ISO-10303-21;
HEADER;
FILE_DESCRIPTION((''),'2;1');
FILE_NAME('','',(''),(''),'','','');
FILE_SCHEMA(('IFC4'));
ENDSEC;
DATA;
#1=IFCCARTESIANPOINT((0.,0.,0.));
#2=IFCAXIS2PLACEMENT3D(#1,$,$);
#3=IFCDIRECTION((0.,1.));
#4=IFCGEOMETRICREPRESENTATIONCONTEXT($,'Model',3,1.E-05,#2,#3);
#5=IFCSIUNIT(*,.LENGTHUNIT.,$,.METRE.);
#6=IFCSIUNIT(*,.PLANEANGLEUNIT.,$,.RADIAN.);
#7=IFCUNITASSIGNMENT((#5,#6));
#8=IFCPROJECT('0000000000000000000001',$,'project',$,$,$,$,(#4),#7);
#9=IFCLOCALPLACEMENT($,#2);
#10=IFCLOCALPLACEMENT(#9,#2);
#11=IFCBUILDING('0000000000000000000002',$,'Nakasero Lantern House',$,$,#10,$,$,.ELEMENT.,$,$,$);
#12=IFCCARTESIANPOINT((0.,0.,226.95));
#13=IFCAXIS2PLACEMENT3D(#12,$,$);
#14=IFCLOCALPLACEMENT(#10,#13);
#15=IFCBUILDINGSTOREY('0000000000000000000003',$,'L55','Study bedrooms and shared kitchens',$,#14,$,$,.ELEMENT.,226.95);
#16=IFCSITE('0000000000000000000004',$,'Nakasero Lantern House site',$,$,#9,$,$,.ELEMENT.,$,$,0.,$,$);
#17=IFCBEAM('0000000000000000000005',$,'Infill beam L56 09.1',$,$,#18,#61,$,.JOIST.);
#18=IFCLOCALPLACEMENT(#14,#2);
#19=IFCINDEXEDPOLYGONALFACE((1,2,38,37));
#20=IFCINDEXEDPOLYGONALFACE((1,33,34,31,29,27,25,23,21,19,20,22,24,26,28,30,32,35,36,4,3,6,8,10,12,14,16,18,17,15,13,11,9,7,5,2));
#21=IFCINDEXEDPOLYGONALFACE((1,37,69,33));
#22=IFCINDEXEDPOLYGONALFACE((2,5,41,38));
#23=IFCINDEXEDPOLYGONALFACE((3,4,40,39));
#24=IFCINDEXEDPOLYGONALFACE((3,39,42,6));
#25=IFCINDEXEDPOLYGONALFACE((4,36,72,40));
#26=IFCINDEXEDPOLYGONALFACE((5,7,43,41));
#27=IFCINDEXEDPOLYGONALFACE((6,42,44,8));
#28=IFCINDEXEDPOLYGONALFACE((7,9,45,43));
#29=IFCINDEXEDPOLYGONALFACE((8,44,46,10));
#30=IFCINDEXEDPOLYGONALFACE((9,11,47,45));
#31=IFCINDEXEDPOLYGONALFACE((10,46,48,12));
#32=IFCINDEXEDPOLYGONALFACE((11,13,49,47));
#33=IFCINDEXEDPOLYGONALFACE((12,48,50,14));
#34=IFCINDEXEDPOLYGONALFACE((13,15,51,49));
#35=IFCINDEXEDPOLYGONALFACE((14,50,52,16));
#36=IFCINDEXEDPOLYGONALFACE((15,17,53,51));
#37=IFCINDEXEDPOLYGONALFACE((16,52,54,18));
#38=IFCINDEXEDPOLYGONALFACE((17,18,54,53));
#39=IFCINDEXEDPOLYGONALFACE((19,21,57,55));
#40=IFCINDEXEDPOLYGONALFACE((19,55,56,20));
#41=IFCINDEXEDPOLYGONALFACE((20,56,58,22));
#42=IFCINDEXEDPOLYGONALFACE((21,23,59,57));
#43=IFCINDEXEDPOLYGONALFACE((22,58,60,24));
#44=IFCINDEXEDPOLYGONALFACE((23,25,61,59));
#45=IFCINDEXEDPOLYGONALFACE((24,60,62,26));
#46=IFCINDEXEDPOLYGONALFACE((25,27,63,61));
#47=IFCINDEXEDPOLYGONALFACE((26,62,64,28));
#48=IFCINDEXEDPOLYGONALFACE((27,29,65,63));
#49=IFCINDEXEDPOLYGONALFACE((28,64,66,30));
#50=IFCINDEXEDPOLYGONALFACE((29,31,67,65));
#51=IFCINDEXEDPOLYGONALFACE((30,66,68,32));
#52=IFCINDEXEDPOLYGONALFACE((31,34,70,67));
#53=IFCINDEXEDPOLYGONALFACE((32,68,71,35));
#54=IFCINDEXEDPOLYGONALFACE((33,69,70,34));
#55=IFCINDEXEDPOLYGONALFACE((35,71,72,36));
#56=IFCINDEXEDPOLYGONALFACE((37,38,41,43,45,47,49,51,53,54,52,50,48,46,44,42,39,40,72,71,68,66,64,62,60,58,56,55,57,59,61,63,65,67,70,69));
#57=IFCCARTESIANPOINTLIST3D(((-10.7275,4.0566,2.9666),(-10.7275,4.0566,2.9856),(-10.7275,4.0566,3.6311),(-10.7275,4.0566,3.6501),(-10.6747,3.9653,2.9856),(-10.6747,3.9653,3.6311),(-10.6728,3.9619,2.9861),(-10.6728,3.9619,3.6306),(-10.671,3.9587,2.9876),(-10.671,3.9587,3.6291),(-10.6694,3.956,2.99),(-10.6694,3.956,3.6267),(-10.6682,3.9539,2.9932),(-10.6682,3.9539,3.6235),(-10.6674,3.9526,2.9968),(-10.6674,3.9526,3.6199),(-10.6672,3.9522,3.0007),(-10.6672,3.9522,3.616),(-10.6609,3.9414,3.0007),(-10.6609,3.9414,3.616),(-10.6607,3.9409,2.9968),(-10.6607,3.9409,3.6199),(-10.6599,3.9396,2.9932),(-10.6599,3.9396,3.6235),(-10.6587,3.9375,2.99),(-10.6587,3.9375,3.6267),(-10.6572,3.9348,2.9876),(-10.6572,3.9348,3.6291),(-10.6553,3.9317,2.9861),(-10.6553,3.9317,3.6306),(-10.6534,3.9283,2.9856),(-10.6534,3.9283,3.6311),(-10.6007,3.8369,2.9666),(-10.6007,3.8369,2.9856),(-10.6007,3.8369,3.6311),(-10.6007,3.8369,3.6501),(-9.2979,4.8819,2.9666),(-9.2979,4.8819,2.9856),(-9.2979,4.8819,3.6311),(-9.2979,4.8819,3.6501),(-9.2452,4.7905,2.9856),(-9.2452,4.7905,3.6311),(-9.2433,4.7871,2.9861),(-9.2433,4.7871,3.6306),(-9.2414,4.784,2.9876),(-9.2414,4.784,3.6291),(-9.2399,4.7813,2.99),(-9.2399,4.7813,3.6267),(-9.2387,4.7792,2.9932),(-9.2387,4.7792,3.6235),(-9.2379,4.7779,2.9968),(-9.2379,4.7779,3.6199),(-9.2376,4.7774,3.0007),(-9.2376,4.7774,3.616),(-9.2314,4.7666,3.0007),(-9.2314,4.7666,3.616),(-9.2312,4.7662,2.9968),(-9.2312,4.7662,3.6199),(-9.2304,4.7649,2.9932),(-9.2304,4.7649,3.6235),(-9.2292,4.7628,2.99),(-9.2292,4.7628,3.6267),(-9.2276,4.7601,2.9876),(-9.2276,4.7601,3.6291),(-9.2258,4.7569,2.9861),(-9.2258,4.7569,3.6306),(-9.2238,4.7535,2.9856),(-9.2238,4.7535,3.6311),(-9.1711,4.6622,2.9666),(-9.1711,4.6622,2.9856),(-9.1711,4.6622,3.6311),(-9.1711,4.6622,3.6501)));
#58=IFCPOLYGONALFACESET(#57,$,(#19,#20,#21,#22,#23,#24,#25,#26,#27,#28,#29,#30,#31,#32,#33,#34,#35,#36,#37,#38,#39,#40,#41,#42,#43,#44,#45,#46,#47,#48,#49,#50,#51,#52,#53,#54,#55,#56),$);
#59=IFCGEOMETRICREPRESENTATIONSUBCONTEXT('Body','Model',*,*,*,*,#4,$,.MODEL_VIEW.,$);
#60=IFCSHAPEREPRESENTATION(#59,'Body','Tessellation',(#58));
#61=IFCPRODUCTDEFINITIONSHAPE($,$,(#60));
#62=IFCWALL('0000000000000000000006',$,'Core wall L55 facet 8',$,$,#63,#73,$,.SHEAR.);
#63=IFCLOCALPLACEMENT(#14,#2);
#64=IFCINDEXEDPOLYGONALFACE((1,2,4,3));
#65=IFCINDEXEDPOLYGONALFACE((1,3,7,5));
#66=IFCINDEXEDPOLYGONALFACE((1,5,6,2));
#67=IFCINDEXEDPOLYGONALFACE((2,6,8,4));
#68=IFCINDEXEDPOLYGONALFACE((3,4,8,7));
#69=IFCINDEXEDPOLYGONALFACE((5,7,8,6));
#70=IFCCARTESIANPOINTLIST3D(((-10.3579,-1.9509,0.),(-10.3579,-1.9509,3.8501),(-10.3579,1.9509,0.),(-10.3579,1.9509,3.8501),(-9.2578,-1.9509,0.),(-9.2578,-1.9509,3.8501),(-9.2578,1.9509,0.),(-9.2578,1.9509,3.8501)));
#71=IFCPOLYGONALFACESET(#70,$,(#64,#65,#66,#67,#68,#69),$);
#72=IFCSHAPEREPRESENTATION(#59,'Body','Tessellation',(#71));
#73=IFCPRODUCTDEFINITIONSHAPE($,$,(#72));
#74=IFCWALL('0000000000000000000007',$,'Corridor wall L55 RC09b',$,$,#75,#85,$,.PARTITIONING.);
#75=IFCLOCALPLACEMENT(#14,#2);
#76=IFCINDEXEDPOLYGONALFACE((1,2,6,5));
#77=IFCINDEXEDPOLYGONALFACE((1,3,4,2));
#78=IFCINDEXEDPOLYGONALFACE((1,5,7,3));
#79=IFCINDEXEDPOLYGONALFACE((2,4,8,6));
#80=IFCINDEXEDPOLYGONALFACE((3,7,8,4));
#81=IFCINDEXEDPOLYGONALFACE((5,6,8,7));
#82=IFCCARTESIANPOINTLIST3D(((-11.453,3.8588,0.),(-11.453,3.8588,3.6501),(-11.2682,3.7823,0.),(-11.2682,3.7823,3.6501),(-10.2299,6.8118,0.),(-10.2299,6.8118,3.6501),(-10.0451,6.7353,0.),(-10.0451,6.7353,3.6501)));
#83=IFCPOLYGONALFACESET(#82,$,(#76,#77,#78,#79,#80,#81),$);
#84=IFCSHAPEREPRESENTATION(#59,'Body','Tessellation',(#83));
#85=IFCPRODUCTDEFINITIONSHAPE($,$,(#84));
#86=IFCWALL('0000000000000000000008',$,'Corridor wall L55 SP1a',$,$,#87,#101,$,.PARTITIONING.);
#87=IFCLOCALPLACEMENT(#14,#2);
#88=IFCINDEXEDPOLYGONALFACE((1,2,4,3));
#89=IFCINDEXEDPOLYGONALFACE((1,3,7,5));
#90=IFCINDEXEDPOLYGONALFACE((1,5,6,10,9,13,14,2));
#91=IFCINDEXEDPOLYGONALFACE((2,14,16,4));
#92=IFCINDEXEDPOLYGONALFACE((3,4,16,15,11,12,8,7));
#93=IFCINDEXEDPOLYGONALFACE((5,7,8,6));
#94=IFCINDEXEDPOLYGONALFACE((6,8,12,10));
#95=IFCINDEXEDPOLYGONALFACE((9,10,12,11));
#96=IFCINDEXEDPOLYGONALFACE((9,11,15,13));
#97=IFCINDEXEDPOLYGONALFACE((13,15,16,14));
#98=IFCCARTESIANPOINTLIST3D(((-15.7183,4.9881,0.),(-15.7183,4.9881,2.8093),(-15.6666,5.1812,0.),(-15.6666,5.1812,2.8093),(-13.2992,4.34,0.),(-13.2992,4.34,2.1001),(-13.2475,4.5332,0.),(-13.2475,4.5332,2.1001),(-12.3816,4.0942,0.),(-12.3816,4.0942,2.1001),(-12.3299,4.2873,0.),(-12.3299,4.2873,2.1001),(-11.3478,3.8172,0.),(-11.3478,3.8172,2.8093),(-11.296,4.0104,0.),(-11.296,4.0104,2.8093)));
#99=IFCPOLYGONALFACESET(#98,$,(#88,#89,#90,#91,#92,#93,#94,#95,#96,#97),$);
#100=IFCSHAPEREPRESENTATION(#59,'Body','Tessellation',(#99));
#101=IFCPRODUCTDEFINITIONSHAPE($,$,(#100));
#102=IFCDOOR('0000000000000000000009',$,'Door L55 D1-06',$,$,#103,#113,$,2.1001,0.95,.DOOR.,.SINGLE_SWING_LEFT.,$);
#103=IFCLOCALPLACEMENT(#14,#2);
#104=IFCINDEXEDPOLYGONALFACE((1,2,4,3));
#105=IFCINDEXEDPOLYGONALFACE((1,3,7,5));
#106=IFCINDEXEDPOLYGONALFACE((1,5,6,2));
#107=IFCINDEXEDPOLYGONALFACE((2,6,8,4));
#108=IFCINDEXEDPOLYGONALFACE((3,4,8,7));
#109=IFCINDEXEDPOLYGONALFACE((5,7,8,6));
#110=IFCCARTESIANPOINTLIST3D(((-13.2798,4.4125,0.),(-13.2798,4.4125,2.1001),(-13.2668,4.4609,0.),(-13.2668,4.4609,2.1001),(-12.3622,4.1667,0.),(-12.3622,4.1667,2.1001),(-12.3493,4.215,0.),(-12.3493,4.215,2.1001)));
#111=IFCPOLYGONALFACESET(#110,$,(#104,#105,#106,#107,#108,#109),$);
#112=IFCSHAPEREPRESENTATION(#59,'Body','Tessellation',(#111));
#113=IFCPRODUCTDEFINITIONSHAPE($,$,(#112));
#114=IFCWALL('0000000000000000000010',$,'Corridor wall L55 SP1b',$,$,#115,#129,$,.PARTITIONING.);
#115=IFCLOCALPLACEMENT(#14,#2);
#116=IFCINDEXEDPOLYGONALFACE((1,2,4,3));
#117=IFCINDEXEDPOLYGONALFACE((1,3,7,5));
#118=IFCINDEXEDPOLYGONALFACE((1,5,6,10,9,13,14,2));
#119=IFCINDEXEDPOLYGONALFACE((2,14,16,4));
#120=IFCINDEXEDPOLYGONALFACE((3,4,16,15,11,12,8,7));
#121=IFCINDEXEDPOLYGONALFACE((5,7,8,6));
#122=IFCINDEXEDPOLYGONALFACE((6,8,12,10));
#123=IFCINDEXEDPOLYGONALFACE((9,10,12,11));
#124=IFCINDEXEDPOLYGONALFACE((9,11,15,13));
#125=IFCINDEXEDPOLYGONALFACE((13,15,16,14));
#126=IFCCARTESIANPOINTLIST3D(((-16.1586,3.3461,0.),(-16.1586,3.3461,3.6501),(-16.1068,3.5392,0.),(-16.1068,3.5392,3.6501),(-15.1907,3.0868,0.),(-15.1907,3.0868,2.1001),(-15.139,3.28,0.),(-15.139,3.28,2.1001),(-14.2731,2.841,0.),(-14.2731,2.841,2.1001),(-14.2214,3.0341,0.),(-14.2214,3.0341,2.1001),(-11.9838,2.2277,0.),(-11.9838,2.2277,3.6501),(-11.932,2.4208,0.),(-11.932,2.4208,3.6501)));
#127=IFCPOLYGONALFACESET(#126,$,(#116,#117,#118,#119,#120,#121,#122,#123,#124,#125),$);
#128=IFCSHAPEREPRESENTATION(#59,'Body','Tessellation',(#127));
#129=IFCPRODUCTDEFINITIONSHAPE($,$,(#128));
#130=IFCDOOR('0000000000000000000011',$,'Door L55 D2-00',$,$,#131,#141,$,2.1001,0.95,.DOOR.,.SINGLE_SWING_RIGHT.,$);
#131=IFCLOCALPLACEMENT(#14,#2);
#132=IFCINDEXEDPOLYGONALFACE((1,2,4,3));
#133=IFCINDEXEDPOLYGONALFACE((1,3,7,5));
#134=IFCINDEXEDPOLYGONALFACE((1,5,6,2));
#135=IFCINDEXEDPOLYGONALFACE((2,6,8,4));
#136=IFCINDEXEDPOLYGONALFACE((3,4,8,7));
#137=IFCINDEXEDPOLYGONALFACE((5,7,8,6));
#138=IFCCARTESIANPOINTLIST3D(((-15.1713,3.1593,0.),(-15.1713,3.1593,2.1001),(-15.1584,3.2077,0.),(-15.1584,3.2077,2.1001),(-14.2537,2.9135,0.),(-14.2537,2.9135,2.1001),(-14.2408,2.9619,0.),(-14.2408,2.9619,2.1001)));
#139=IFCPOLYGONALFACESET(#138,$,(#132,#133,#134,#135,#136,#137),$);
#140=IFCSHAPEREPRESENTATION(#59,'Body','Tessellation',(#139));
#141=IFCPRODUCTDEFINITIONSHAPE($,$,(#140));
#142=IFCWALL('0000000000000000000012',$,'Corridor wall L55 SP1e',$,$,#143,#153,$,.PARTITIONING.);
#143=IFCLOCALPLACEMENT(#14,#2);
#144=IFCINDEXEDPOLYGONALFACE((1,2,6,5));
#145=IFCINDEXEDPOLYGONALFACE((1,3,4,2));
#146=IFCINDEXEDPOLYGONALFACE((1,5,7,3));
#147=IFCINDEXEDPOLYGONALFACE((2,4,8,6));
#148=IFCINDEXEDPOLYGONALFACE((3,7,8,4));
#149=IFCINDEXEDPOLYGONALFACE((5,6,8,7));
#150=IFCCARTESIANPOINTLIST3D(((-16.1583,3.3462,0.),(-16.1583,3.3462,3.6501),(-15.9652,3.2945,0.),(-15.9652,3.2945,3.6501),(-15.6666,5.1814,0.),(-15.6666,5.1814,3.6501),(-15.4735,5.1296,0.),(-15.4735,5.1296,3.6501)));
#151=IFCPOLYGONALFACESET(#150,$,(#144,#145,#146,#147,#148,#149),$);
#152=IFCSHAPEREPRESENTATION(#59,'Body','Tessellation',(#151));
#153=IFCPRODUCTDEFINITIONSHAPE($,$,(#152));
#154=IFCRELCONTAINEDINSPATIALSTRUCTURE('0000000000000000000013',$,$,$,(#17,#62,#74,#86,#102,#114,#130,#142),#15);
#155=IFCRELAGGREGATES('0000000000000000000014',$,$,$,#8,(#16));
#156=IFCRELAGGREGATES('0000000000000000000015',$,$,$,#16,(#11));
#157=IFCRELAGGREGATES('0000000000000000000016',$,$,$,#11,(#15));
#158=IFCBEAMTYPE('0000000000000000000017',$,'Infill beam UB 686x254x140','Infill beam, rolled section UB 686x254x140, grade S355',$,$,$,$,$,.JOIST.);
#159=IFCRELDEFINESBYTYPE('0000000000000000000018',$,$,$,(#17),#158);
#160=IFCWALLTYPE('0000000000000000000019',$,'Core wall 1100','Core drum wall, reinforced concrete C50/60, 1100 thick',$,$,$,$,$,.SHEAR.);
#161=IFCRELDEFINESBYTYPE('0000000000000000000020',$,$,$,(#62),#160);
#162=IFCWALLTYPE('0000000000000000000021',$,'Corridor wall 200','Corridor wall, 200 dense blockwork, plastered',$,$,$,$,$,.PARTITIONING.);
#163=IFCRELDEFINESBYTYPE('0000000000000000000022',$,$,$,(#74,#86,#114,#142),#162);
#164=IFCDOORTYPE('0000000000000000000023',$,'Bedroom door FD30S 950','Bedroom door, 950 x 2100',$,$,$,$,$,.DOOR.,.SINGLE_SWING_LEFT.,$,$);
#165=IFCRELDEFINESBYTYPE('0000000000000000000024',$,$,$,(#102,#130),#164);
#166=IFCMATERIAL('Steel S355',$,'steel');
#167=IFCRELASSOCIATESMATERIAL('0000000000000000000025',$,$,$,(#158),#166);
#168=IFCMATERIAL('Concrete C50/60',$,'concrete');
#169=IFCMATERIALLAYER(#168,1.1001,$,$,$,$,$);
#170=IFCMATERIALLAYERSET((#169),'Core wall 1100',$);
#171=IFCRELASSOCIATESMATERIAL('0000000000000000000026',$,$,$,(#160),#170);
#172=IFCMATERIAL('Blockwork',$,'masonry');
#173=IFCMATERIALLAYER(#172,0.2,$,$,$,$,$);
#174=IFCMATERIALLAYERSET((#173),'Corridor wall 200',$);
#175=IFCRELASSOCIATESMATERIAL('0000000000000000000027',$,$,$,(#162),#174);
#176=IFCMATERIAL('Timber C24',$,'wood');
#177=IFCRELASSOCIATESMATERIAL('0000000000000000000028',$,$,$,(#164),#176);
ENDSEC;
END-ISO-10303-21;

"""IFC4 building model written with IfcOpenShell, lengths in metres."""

from ifc_helpers import new_model, si_unit, direction, frame, frame_2d, origin, origin_2d, place, context, subcontext, project, spatial, rectangle, i_section, extrude, material, layer, layer_set, material_profile, profile_set, type_object, element, fill, save


model = new_model("IFC4")

# Units and contexts
model_context = context("Model", 3, precision=1e-05, world=origin(), true_north=direction((0.0, 1.0)))
body_context = subcontext(model_context, "Body", "Model", "MODEL_VIEW")
ifc_project = project(units=[si_unit("LENGTHUNIT", "METRE"), si_unit("PLANEANGLEUNIT", "RADIAN")], contexts=[model_context])

# Site, building, storey
site_placement = place(None, origin())
site = spatial("IfcSite", under=ifc_project, at=site_placement, Name="Nakasero Lantern House site", CompositionType="ELEMENT", RefElevation=0.0)
building_placement = place(site_placement, origin())
building = spatial("IfcBuilding", under=site, at=building_placement, Name="Nakasero Lantern House", CompositionType="ELEMENT")
storey_placement = place(building_placement, frame((0.0, 0.0, 226.95)))
storey = spatial("IfcBuildingStorey", under=building, at=storey_placement, Name="L55", Description="Study bedrooms and shared kitchens", CompositionType="ELEMENT", Elevation=226.95)

# Beam
ifc_material_1 = material(Name="Steel S355", Category="steel")
ifc_material_profile = material_profile(ifc_material_1, i_section(OverallWidth=0.2537, OverallDepth=0.6836, WebThickness=0.0125, FlangeThickness=0.019, FilletRadius=0.0151, at=origin_2d()), Name="UB 686x254x140")
ifc_profile_set = profile_set([ifc_material_profile], Name="Steel S355")
beam_type = type_object("IfcBeamType", Name="Infill beam UB 686x254x140", Description="Infill beam, rolled section UB 686x254x140, grade S355", PredefinedType="JOIST", material=ifc_profile_set)
beam_placement = place(storey_placement, frame((-10.6641, 3.9468, 3.3083), z_axis=(0.86605, 0.499957, 0.0), x_axis=(-0.499957, 0.86605, 0.0)))
element("IfcBeam", 1, at=beam_placement, inside=storey, type_object=beam_type, Name="Infill beam L56 09.1", PredefinedType="JOIST", context=body_context, shape_type="SweptSolid", body=[
    extrude(i_section(OverallWidth=0.2537, OverallDepth=0.6836, WebThickness=0.0125, FlangeThickness=0.019, FilletRadius=0.0151, at=origin_2d()), origin(), (0.0, 0.0, 1.0), 1.6506),
])

# Walls
ifc_material_2 = material(Name="Concrete C50/60", Category="concrete")
ifc_layer_1 = layer(ifc_material_2, 1.1001)
ifc_layer_set_1 = layer_set([ifc_layer_1], Name="Core wall 1100")
wall_type_1 = type_object("IfcWallType", Name="Core wall 1100", Description="Core drum wall, reinforced concrete C50/60, 1100 thick", PredefinedType="SHEAR", material=ifc_layer_set_1)
wall_1_placement = place(storey_placement, frame((-9.8079, 1.9509, 0.0), z_axis=(0.0, 0.0, 1.0), x_axis=(0.0, -1.0, 0.0)))
element("IfcWall", 2, at=wall_1_placement, inside=storey, type_object=wall_type_1, Name="Core wall L55 facet 8", PredefinedType="SHEAR", context=body_context, shape_type="SweptSolid", body=[
    extrude(rectangle(XDim=3.9019, YDim=1.1001, at=frame_2d((1.9509, 0.0))), origin(), (0.0, 0.0, 1.0), 3.8501),
])
ifc_material_3 = material(Name="Blockwork", Category="masonry")
ifc_layer_2 = layer(ifc_material_3, 0.2)
ifc_layer_set_2 = layer_set([ifc_layer_2], Name="Corridor wall 200")
wall_type_2 = type_object("IfcWallType", Name="Corridor wall 200", Description="Corridor wall, 200 dense blockwork, plastered", PredefinedType="PARTITIONING", material=ifc_layer_set_2)
wall_2_placement = place(storey_placement, frame((-11.3606, 3.8206, 0.0), z_axis=(0.0, 0.0, 1.0), x_axis=(0.382662, 0.923888, 0.0)))
element("IfcWall", 3, at=wall_2_placement, inside=storey, type_object=wall_type_2, Name="Corridor wall L55 RC09b", PredefinedType="PARTITIONING", context=body_context, shape_type="SweptSolid", body=[
    extrude(rectangle(XDim=3.1963, YDim=0.2, at=frame_2d((1.5981, 0.0))), origin(), (0.0, 0.0, 1.0), 3.6501),
])

# Walls, openings, doors
wall_3_placement = place(storey_placement, frame((-11.322, 3.9138, 0.0), z_axis=(0.0, 0.0, 1.0), x_axis=(-0.965937, 0.258777, 0.0)))
wall_3 = element("IfcWall", 4, at=wall_3_placement, inside=storey, type_object=wall_type_2, Name="Corridor wall L55 SP1a", PredefinedType="PARTITIONING", context=body_context, shape_type="SweptSolid", body=[
    extrude(rectangle(XDim=4.5247, YDim=0.2, at=frame_2d((2.2622, 0.0))), origin(), (0.0, 0.0, 1.0), 2.8093),
])
opening_1_placement = place(wall_3_placement, frame((1.0701, 0.0, 0.0)))
opening_1 = element("IfcOpeningElement", 5, at=opening_1_placement, cuts=wall_3, PredefinedType="OPENING", context=body_context, shape_type="SweptSolid", body=[
    extrude(rectangle(XDim=0.95, YDim=2.1001, at=frame_2d((0.4751, 1.05))), frame((0.0, 0.1199, 0.0), z_axis=(0.0, -1.0, 0.0), x_axis=(1.0, 0.0, 0.0)), (0.0, 0.0, 1.0), 0.24),
])
ifc_material_4 = material(Name="Timber C24", Category="wood")
door_type_1 = type_object("IfcDoorType", Name="Bedroom door FD30S 950", Description="Bedroom door, 950 x 2100", OperationType="SINGLE_SWING_LEFT", PredefinedType="DOOR", material=ifc_material_4)
door_1_placement = place(opening_1_placement, origin())
door_1 = element("IfcDoor", 6, at=door_1_placement, inside=storey, type_object=door_type_1, Name="Door L55 D1-06", OperationType="SINGLE_SWING_LEFT", OverallHeight=2.1001, OverallWidth=0.95, PredefinedType="DOOR", context=body_context, shape_type="SweptSolid", body=[
    extrude(rectangle(XDim=0.95, YDim=2.1001, at=frame_2d((0.4751, 1.05))), frame((0.0, 0.0249, 0.0), z_axis=(0.0, -1.0, 0.0), x_axis=(1.0, 0.0, 0.0)), (0.0, 0.0, 1.0), 0.05),
])
fill(opening_1, door_1)
wall_4_placement = place(storey_placement, frame((-11.9578, 2.3242, 0.0), z_axis=(0.0, 0.0, 1.0), x_axis=(-0.965939, 0.25877, 0.0)))
wall_4 = element("IfcWall", 7, at=wall_4_placement, inside=storey, type_object=wall_type_2, Name="Corridor wall L55 SP1b", PredefinedType="PARTITIONING", context=body_context, shape_type="SweptSolid", body=[
    extrude(rectangle(XDim=4.322, YDim=0.2, at=frame_2d((2.1611, 0.0))), origin(), (0.0, 0.0, 1.0), 3.6501),
])
opening_2_placement = place(wall_4_placement, frame((2.3701, 0.0, 0.0)))
opening_2 = element("IfcOpeningElement", 8, at=opening_2_placement, cuts=wall_4, PredefinedType="OPENING", context=body_context, shape_type="SweptSolid", body=[
    extrude(rectangle(XDim=0.95, YDim=2.1001, at=frame_2d((0.4751, 1.05))), frame((0.0, 0.1199, 0.0), z_axis=(0.0, -1.0, 0.0), x_axis=(1.0, 0.0, 0.0)), (0.0, 0.0, 1.0), 0.24),
])
door_2_placement = place(opening_2_placement, origin())
door_2 = element("IfcDoor", 9, at=door_2_placement, inside=storey, type_object=door_type_1, Name="Door L55 D2-00", OperationType="SINGLE_SWING_RIGHT", OverallHeight=2.1001, OverallWidth=0.95, PredefinedType="DOOR", context=body_context, shape_type="SweptSolid", body=[
    extrude(rectangle(XDim=0.95, YDim=2.1001, at=frame_2d((0.4751, 1.05))), frame((0.0, 0.0249, 0.0), z_axis=(0.0, -1.0, 0.0), x_axis=(1.0, 0.0, 0.0)), (0.0, 0.0, 1.0), 0.05),
])
fill(opening_2, door_2)

# Wall
wall_5_placement = place(storey_placement, frame((-15.5701, 5.1555, 0.0), z_axis=(0.0, 0.0, 1.0), x_axis=(-0.258798, -0.965931, 0.0)))
element("IfcWall", 10, at=wall_5_placement, inside=storey, type_object=wall_type_2, Name="Corridor wall L55 SP1e", PredefinedType="PARTITIONING", context=body_context, shape_type="SweptSolid", body=[
    extrude(rectangle(XDim=1.8999, YDim=0.2, at=frame_2d((0.95, 0.0))), origin(), (0.0, 0.0, 1.0), 3.6501),
])

save(model, "model.ifc")
